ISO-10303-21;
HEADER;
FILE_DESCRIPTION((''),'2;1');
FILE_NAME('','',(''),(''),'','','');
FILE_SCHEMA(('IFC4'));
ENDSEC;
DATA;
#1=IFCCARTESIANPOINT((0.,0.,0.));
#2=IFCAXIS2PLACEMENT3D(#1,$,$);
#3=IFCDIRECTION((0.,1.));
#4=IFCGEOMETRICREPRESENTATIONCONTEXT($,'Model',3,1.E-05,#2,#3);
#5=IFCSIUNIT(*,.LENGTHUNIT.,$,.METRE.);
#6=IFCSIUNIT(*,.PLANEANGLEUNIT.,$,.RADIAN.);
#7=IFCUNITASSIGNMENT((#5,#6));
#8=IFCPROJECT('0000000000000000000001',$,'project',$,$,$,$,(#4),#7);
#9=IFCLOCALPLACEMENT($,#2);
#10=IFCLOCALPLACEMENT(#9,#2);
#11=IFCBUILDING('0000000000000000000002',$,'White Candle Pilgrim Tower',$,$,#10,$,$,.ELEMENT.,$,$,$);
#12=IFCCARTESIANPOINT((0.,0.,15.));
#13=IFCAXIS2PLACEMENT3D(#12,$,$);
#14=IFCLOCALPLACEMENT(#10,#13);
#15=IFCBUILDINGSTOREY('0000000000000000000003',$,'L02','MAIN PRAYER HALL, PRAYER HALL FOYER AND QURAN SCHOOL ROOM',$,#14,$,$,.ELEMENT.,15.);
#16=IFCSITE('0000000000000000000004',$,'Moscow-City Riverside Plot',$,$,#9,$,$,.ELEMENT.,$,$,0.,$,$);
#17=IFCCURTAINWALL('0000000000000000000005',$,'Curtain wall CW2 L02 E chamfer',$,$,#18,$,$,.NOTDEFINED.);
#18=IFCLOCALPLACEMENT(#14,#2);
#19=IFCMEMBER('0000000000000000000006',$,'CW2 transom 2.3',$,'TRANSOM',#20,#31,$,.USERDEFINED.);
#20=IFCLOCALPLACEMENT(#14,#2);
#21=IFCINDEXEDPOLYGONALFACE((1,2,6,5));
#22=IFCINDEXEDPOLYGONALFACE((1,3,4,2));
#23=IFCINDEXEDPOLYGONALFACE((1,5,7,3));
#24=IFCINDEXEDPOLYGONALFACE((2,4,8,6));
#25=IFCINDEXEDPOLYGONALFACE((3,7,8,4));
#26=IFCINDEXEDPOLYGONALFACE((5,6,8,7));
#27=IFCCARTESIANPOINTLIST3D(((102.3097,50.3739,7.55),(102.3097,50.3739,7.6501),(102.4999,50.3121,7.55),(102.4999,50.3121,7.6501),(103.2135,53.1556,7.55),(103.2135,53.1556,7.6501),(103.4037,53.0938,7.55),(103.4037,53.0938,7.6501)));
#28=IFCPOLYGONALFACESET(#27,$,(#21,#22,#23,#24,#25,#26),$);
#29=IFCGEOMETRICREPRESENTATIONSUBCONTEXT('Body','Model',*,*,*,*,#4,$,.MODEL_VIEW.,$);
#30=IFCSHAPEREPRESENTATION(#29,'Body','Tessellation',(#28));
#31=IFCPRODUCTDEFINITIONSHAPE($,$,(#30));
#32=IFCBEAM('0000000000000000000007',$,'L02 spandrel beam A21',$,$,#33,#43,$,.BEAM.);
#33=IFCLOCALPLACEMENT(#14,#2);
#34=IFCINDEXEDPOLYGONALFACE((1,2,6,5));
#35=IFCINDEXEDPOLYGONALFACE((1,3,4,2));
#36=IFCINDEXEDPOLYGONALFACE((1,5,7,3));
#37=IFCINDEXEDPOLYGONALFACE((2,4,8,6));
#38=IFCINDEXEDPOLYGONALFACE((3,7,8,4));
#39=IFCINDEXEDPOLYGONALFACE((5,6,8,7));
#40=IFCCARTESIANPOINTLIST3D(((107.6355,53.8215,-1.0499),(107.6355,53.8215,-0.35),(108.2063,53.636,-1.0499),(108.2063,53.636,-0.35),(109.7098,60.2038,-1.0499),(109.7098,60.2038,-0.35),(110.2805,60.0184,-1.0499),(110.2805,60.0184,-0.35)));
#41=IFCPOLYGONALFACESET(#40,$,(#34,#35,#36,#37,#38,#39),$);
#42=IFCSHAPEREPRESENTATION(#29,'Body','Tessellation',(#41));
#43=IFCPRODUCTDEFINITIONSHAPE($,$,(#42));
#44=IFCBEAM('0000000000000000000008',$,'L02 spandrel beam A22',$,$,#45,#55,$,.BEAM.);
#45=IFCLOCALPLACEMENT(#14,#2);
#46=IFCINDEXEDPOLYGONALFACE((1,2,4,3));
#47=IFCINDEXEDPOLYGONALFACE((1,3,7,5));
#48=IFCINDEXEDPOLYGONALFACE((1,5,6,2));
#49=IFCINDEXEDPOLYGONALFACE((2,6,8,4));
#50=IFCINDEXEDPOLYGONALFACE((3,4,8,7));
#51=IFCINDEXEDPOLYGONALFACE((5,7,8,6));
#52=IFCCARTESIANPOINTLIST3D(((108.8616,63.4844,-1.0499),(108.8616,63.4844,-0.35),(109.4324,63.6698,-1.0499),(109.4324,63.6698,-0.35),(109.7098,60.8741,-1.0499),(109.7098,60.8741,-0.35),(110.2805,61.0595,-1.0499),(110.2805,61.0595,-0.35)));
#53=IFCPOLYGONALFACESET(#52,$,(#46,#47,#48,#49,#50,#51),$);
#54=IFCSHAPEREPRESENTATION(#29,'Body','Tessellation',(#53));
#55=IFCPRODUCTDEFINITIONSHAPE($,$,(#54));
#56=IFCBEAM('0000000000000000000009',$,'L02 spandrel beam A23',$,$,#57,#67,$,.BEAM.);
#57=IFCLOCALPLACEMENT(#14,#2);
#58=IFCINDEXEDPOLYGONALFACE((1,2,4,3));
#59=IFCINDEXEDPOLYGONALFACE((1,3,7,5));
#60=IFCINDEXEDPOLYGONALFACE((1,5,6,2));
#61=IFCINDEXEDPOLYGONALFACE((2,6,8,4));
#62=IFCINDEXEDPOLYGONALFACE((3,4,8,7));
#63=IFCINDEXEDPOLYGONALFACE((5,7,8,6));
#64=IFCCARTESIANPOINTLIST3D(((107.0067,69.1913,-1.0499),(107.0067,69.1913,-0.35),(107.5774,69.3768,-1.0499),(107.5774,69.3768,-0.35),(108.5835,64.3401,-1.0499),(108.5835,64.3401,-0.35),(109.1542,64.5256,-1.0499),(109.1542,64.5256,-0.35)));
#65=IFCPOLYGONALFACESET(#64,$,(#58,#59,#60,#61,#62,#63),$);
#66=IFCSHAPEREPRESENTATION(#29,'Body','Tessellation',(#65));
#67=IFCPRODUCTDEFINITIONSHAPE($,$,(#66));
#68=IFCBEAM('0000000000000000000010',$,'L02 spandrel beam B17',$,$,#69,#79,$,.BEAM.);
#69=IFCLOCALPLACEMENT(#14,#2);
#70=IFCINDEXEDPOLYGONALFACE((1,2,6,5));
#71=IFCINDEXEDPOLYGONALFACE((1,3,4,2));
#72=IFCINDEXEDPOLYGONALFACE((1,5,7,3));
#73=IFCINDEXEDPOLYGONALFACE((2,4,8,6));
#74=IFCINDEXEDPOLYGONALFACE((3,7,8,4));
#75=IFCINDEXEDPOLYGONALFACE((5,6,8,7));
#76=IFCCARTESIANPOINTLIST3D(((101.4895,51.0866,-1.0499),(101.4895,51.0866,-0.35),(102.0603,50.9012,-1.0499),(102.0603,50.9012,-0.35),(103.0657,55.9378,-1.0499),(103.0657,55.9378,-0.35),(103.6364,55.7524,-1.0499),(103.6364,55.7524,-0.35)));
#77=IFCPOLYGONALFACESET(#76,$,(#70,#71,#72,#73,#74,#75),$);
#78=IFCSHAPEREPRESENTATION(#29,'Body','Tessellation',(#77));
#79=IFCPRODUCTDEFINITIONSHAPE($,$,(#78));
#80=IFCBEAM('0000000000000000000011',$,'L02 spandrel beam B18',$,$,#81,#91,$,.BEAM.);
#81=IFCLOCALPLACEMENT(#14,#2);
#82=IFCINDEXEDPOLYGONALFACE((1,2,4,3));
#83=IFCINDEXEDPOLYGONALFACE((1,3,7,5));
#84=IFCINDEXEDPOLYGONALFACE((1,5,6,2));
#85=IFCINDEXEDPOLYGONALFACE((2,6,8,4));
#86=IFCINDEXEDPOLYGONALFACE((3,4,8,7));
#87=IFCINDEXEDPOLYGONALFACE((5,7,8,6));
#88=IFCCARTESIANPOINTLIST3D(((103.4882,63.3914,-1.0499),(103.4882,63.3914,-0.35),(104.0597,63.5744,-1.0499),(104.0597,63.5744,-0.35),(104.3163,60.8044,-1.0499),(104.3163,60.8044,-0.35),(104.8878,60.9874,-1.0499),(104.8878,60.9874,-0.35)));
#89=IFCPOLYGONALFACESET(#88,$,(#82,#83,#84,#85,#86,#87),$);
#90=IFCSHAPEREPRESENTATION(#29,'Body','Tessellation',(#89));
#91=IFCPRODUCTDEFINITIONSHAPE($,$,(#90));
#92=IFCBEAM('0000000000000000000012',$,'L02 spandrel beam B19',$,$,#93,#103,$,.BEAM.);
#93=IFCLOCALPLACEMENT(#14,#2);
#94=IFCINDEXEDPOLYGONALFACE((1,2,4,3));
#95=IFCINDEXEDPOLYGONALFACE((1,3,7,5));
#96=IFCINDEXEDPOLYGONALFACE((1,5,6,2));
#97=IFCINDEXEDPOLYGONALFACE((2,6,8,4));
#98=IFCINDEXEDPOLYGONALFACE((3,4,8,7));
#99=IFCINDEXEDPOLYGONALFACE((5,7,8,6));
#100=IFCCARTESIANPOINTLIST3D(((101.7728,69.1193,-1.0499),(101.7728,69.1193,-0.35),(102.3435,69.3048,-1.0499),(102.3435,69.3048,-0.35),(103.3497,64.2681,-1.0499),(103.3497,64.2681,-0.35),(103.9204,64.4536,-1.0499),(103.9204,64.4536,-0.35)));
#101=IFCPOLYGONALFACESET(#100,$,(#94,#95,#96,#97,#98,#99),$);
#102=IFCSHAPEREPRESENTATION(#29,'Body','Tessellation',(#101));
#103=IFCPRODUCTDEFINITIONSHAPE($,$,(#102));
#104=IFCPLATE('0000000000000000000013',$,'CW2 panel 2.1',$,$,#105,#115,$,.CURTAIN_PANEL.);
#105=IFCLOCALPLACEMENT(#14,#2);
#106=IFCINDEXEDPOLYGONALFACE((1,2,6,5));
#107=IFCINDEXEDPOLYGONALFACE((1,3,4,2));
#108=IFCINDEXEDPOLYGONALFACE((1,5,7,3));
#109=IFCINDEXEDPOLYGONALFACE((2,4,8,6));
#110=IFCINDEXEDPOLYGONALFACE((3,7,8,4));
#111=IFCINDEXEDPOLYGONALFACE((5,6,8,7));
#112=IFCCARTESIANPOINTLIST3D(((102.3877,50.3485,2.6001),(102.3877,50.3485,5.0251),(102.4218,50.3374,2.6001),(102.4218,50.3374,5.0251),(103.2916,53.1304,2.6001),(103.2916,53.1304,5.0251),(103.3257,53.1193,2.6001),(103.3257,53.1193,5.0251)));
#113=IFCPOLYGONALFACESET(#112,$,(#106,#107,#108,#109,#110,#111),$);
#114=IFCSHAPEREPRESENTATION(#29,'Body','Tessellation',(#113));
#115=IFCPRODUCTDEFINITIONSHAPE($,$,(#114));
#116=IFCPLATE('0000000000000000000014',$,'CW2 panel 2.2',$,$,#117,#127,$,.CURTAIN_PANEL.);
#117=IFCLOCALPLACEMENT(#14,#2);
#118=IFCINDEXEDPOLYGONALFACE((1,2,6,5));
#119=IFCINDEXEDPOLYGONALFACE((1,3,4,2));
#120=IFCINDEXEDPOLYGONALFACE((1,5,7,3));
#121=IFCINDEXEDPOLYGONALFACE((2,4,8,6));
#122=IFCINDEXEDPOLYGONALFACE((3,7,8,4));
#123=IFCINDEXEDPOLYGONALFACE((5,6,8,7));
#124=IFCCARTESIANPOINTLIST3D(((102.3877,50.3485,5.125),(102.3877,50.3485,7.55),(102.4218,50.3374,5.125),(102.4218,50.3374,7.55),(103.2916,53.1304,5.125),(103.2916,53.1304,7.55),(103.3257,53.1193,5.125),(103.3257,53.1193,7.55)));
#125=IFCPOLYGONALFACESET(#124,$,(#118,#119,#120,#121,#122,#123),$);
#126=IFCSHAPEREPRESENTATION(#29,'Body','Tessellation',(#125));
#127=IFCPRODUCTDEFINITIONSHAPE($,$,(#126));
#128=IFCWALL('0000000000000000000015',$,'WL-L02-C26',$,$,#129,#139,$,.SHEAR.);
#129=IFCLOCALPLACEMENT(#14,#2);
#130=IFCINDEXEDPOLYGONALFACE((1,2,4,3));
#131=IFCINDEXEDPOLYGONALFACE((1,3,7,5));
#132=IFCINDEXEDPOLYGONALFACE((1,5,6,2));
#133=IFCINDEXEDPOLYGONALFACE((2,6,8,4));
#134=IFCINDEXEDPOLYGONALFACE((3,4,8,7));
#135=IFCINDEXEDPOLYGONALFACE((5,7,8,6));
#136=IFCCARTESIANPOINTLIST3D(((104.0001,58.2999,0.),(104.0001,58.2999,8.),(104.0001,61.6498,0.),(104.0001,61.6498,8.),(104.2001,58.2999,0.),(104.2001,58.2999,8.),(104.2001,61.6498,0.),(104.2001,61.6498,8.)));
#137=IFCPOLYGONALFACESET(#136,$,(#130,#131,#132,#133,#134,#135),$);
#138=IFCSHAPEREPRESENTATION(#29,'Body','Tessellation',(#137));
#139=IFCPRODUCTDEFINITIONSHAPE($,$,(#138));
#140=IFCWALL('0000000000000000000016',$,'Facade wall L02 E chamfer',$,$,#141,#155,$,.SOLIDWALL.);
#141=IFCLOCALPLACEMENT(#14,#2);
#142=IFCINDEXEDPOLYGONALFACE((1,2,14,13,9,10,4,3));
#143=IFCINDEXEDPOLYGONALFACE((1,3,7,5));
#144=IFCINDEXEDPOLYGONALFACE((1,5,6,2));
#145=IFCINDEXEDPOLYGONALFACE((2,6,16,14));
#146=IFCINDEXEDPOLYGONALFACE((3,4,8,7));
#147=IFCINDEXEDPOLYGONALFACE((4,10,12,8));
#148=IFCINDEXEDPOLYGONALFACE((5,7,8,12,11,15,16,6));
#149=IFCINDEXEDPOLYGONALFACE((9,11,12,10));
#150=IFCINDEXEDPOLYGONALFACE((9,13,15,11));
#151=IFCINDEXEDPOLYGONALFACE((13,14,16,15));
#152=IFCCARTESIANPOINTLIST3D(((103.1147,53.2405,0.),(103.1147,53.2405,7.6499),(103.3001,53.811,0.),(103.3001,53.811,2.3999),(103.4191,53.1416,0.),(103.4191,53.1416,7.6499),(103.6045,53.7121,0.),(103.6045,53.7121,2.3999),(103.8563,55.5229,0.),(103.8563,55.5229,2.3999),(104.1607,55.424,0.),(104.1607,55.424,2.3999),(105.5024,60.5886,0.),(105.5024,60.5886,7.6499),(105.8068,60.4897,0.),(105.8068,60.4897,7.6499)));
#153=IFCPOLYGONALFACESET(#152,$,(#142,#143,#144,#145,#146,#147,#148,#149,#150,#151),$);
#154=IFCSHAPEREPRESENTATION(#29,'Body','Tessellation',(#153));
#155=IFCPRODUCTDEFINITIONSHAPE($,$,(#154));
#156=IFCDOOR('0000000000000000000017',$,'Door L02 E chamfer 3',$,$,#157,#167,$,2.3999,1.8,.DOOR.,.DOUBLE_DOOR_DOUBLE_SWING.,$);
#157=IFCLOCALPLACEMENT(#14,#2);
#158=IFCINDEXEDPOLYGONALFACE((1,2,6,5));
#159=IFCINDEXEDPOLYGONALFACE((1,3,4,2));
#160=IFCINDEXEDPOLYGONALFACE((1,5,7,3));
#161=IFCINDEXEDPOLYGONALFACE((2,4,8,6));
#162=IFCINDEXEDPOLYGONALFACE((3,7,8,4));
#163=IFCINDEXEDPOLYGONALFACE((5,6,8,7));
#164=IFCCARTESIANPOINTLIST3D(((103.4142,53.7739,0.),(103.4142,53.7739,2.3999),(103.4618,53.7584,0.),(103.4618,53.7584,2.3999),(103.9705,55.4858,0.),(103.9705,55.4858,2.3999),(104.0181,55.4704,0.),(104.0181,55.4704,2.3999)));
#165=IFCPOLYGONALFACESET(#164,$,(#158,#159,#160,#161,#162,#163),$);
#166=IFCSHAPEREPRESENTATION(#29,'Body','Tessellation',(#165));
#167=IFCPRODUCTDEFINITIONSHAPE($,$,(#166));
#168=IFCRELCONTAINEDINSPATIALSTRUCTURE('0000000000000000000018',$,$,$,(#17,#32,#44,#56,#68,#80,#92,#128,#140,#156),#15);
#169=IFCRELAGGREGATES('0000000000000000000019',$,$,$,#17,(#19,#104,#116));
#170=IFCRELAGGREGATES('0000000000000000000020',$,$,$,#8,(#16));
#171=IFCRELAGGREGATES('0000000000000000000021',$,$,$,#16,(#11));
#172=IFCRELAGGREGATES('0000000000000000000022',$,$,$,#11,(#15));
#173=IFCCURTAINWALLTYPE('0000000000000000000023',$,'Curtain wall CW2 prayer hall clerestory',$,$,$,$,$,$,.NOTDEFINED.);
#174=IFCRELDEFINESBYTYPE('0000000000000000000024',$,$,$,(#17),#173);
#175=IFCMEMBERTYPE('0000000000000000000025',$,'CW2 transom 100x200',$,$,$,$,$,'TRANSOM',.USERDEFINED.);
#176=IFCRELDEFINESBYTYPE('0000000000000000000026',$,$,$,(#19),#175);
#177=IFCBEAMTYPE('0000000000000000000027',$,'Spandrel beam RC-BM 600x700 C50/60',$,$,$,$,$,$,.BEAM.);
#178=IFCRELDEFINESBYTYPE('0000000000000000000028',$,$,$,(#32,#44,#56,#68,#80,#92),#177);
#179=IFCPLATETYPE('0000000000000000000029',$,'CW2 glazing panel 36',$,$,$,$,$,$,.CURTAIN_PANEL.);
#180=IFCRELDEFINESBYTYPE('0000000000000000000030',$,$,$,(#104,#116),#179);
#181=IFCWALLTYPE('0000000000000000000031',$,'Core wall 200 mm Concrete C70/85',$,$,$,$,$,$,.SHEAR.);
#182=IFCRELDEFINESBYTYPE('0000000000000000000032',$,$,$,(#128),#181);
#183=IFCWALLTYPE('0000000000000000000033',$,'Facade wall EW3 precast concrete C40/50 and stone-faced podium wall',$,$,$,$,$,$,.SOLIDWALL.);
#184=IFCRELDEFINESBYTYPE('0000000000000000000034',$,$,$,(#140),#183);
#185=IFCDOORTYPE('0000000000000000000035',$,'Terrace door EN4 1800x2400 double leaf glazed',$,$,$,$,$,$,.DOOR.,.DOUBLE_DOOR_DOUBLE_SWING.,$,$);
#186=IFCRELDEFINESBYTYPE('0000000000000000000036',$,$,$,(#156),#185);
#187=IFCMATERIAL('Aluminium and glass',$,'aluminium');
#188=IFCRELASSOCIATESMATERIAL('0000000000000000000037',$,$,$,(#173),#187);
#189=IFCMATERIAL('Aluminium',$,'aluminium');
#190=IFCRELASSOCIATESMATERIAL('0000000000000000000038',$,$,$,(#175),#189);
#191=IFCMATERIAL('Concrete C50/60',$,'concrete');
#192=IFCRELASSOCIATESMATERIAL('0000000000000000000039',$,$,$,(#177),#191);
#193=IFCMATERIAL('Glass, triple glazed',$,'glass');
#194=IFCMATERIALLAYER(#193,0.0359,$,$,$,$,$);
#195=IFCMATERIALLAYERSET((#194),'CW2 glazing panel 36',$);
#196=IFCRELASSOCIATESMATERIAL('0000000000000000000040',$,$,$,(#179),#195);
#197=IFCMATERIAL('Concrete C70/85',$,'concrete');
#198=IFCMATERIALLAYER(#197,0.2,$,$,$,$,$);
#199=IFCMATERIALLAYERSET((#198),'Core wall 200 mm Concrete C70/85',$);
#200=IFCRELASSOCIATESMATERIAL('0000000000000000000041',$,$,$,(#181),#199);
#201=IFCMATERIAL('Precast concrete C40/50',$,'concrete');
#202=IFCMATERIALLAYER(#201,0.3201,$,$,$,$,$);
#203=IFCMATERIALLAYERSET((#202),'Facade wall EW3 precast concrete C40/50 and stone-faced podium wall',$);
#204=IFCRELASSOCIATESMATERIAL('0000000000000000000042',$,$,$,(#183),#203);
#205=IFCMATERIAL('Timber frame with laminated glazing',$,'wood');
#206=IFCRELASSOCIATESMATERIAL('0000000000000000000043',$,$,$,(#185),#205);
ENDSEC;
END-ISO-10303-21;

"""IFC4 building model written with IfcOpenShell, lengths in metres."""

from ifc_helpers import new_model, si_unit, direction, frame, frame_2d, origin, origin_2d, place, context, subcontext, project, spatial, rectangle, extrude, material, layer, layer_set, material_profile, profile_set, type_object, element, fill, aggregate, save


model = new_model("IFC4")

# Units and contexts
model_context = context("Model", 3, precision=1e-05, world=origin(), true_north=direction((0.0, 1.0)))
body_context = subcontext(model_context, "Body", "Model", "MODEL_VIEW")
ifc_project = project(units=[si_unit("LENGTHUNIT", "METRE"), si_unit("PLANEANGLEUNIT", "RADIAN")], contexts=[model_context])

# Site, building, storey
site_placement = place(None, origin())
site = spatial("IfcSite", under=ifc_project, at=site_placement, Name="Moscow-City Riverside Plot", CompositionType="ELEMENT", RefElevation=0.0)
building_placement = place(site_placement, origin())
building = spatial("IfcBuilding", under=site, at=building_placement, Name="White Candle Pilgrim Tower", CompositionType="ELEMENT")
storey_placement = place(building_placement, frame((0.0, 0.0, 15.0)))
storey = spatial("IfcBuildingStorey", under=building, at=storey_placement, Name="L02", Description="MAIN PRAYER HALL, PRAYER HALL FOYER AND QURAN SCHOOL ROOM", CompositionType="ELEMENT", Elevation=15.0)

# Curtain wall, member
ifc_material_1 = material(Name="Aluminium and glass", Category="aluminium")
curtain_wall_type = type_object("IfcCurtainWallType", Name="Curtain wall CW2 prayer hall clerestory", PredefinedType="NOTDEFINED", material=ifc_material_1)
curtain_wall_placement = place(storey_placement, origin())
curtain_wall = element("IfcCurtainWall", 1, at=curtain_wall_placement, inside=storey, type_object=curtain_wall_type, Name="Curtain wall CW2 L02 E chamfer", PredefinedType="NOTDEFINED")
ifc_material_2 = material(Name="Aluminium", Category="aluminium")
ifc_material_profile_1 = material_profile(ifc_material_2, rectangle(XDim=0.2, YDim=0.1001, at=origin_2d()), Name="CW2 transom 100x200")
ifc_profile_set_1 = profile_set([ifc_material_profile_1], Name="Aluminium")
member_type_1 = type_object("IfcMemberType", Name="CW2 transom 100x200", ElementType="TRANSOM", PredefinedType="USERDEFINED", material=ifc_profile_set_1)
member_1_placement = place(storey_placement, frame((102.4048, 50.343, 7.6001), z_axis=(0.309007, 0.95106, 0.0), x_axis=(-0.95106, 0.309007, 0.0)))
member_1 = element("IfcMember", 2, at=member_1_placement, type_object=member_type_1, Name="CW2 transom 2.3", ObjectType="TRANSOM", PredefinedType="USERDEFINED", context=body_context, shape_type="SweptSolid", body=[
    extrude(rectangle(XDim=0.2, YDim=0.1001, at=origin_2d()), origin(), (0.0, 0.0, 1.0), 2.9248),
])

# Beams
ifc_material_3 = material(Name="Concrete C50/60", Category="concrete")
ifc_material_profile_2 = material_profile(ifc_material_3, rectangle(XDim=0.6001, YDim=0.7, at=origin_2d()), Name="RC-BM 600x700")
ifc_profile_set_2 = profile_set([ifc_material_profile_2], Name="Concrete C50/60")
beam_type = type_object("IfcBeamType", Name="Spandrel beam RC-BM 600x700 C50/60", PredefinedType="BEAM", material=ifc_profile_set_2)
beam_1_placement = place(storey_placement, frame((107.9209, 53.7288, -0.7), z_axis=(0.309081, 0.951036, 0.0), x_axis=(-0.951036, 0.309081, 0.0)))
element("IfcBeam", 3, at=beam_1_placement, inside=storey, type_object=beam_type, Name="L02 spandrel beam A21", PredefinedType="BEAM", context=body_context, shape_type="SweptSolid", body=[
    extrude(rectangle(XDim=0.6001, YDim=0.7, at=origin_2d()), origin(), (0.0, 0.0, 1.0), 6.7109),
])
beam_2_placement = place(storey_placement, frame((109.9951, 60.9668, -0.7), z_axis=(-0.309014, 0.951058, 0.0), x_axis=(-0.951058, -0.309014, 0.0)))
element("IfcBeam", 4, at=beam_2_placement, inside=storey, type_object=beam_type, Name="L02 spandrel beam A22", PredefinedType="BEAM", context=body_context, shape_type="SweptSolid", body=[
    extrude(rectangle(XDim=0.6001, YDim=0.7, at=origin_2d()), origin(), (0.0, 0.0, 1.0), 2.7446),
])
beam_3_placement = place(storey_placement, frame((108.8689, 64.4329, -0.7), z_axis=(-0.309126, 0.951021, 0.0), x_axis=(-0.951021, -0.309126, 0.0)))
element("IfcBeam", 5, at=beam_3_placement, inside=storey, type_object=beam_type, Name="L02 spandrel beam A23", PredefinedType="BEAM", context=body_context, shape_type="SweptSolid", body=[
    extrude(rectangle(XDim=0.6001, YDim=0.7, at=origin_2d()), origin(), (0.0, 0.0, 1.0), 5.1011),
])
beam_4_placement = place(storey_placement, frame((101.7749, 50.9939, -0.7), z_axis=(0.308996, 0.951063, 0.0), x_axis=(-0.951063, 0.308996, 0.0)))
element("IfcBeam", 6, at=beam_4_placement, inside=storey, type_object=beam_type, Name="L02 spandrel beam B17", PredefinedType="BEAM", context=body_context, shape_type="SweptSolid", body=[
    extrude(rectangle(XDim=0.6001, YDim=0.7, at=origin_2d()), origin(), (0.0, 0.0, 1.0), 5.1008),
])
beam_5_placement = place(storey_placement, frame((103.7739, 63.4829, -0.7), z_axis=(0.30488, -0.952391, 0.0), x_axis=(0.952391, 0.30488, 0.0)))
element("IfcBeam", 7, at=beam_5_placement, inside=storey, type_object=beam_type, Name="L02 spandrel beam B18", PredefinedType="BEAM", context=body_context, shape_type="SweptSolid", body=[
    extrude(rectangle(XDim=0.6001, YDim=0.7, at=origin_2d()), origin(), (0.0, 0.0, 1.0), 2.7163),
])
beam_6_placement = place(storey_placement, frame((103.635, 64.3608, -0.7), z_axis=(-0.309126, 0.951021, 0.0), x_axis=(-0.951021, -0.309126, 0.0)))
element("IfcBeam", 8, at=beam_6_placement, inside=storey, type_object=beam_type, Name="L02 spandrel beam B19", PredefinedType="BEAM", context=body_context, shape_type="SweptSolid", body=[
    extrude(rectangle(XDim=0.6001, YDim=0.7, at=origin_2d()), origin(), (0.0, 0.0, 1.0), 5.1011),
])

# Plates
ifc_material_4 = material(Name="Glass, triple glazed", Category="glass")
ifc_layer_1 = layer(ifc_material_4, 0.0359)
ifc_layer_set_1 = layer_set([ifc_layer_1], Name="CW2 glazing panel 36")
plate_type = type_object("IfcPlateType", Name="CW2 glazing panel 36", PredefinedType="CURTAIN_PANEL", material=ifc_layer_set_1)
plate_1_placement = place(storey_placement, frame((102.8567, 51.7339, 2.6001), z_axis=(0.0, 0.0, 1.0), x_axis=(0.309017, 0.951057, 0.0)))
plate_1 = element("IfcPlate", 9, at=plate_1_placement, type_object=plate_type, Name="CW2 panel 2.1", PredefinedType="CURTAIN_PANEL", context=body_context, shape_type="SweptSolid", body=[
    extrude(rectangle(XDim=2.925, YDim=0.0359, at=origin_2d()), origin(), (0.0, 0.0, 1.0), 2.425),
])
plate_2_placement = place(storey_placement, frame((102.8567, 51.7339, 5.125), z_axis=(0.0, 0.0, 1.0), x_axis=(0.309017, 0.951057, 0.0)))
plate_2 = element("IfcPlate", 10, at=plate_2_placement, type_object=plate_type, Name="CW2 panel 2.2", PredefinedType="CURTAIN_PANEL", context=body_context, shape_type="SweptSolid", body=[
    extrude(rectangle(XDim=2.925, YDim=0.0359, at=origin_2d()), origin(), (0.0, 0.0, 1.0), 2.425),
])
aggregate(curtain_wall, [member_1, plate_1, plate_2])

# Wall
ifc_material_5 = material(Name="Concrete C70/85", Category="concrete")
ifc_layer_2 = layer(ifc_material_5, 0.2)
ifc_layer_set_2 = layer_set([ifc_layer_2], Name="Core wall 200 mm Concrete C70/85")
wall_type_1 = type_object("IfcWallType", Name="Core wall 200 mm Concrete C70/85", PredefinedType="SHEAR", material=ifc_layer_set_2)
wall_1_placement = place(storey_placement, frame((104.1001, 58.3, 0.0), z_axis=(0.0, 0.0, 1.0), x_axis=(0.0, 1.0, 0.0)))
element("IfcWall", 11, at=wall_1_placement, inside=storey, type_object=wall_type_1, Name="WL-L02-C26", PredefinedType="SHEAR", context=body_context, shape_type="SweptSolid", body=[
    extrude(rectangle(XDim=3.3499, YDim=0.2, at=frame_2d((1.6748, 0.0))), origin(), (0.0, 0.0, 1.0), 8.0),
])

# Wall, opening, door
ifc_material_6 = material(Name="Precast concrete C40/50", Category="concrete")
ifc_layer_3 = layer(ifc_material_6, 0.3201)
ifc_layer_set_3 = layer_set([ifc_layer_3], Name="Facade wall EW3 precast concrete C40/50 and stone-faced podium wall")
wall_type_2 = type_object("IfcWallType", Name="Facade wall EW3 precast concrete C40/50 and stone-faced podium wall", PredefinedType="SOLIDWALL", material=ifc_layer_set_3)
wall_2_placement = place(storey_placement, frame((103.2668, 53.1909, 0.0), z_axis=(0.0, 0.0, 1.0), x_axis=(0.309033, 0.951051, 0.0)))
wall_2 = element("IfcWall", 12, at=wall_2_placement, inside=storey, type_object=wall_type_2, Name="Facade wall L02 E chamfer", PredefinedType="SOLIDWALL", context=body_context, shape_type="SweptSolid", body=[
    extrude(rectangle(XDim=7.7263, YDim=0.3201, at=frame_2d((3.8633, 0.0))), origin(), (0.0, 0.0, 1.0), 7.6499),
])
opening_1_placement = place(wall_2_placement, frame((0.6001, 0.0, 0.0)))
opening_1 = element("IfcOpeningElement", 13, at=opening_1_placement, cuts=wall_2, PredefinedType="OPENING", context=body_context, shape_type="SweptSolid", body=[
    extrude(rectangle(XDim=1.8, YDim=2.3999, at=frame_2d((0.8999, 1.2))), frame((0.0, 0.1699, 0.0), z_axis=(0.0, -1.0, 0.0), x_axis=(1.0, 0.0, 0.0)), (0.0, 0.0, 1.0), 0.3401),
])
ifc_material_7 = material(Name="Timber frame with laminated glazing", Category="wood")
door_type = type_object("IfcDoorType", Name="Terrace door EN4 1800x2400 double leaf glazed", OperationType="DOUBLE_DOOR_DOUBLE_SWING", PredefinedType="DOOR", material=ifc_material_7)
door_placement = place(opening_1_placement, origin())
door = element("IfcDoor", 14, at=door_placement, inside=storey, type_object=door_type, Name="Door L02 E chamfer 3", OperationType="DOUBLE_DOOR_DOUBLE_SWING", OverallHeight=2.3999, OverallWidth=1.8, PredefinedType="DOOR", context=body_context, shape_type="SweptSolid", body=[
    extrude(rectangle(XDim=1.8, YDim=2.3999, at=frame_2d((0.8999, 1.2))), frame((0.0, 0.04, 0.0), z_axis=(0.0, -1.0, 0.0), x_axis=(1.0, 0.0, 0.0)), (0.0, 0.0, 1.0), 0.05),
])
fill(opening_1, door)

save(model, "model.ifc")
